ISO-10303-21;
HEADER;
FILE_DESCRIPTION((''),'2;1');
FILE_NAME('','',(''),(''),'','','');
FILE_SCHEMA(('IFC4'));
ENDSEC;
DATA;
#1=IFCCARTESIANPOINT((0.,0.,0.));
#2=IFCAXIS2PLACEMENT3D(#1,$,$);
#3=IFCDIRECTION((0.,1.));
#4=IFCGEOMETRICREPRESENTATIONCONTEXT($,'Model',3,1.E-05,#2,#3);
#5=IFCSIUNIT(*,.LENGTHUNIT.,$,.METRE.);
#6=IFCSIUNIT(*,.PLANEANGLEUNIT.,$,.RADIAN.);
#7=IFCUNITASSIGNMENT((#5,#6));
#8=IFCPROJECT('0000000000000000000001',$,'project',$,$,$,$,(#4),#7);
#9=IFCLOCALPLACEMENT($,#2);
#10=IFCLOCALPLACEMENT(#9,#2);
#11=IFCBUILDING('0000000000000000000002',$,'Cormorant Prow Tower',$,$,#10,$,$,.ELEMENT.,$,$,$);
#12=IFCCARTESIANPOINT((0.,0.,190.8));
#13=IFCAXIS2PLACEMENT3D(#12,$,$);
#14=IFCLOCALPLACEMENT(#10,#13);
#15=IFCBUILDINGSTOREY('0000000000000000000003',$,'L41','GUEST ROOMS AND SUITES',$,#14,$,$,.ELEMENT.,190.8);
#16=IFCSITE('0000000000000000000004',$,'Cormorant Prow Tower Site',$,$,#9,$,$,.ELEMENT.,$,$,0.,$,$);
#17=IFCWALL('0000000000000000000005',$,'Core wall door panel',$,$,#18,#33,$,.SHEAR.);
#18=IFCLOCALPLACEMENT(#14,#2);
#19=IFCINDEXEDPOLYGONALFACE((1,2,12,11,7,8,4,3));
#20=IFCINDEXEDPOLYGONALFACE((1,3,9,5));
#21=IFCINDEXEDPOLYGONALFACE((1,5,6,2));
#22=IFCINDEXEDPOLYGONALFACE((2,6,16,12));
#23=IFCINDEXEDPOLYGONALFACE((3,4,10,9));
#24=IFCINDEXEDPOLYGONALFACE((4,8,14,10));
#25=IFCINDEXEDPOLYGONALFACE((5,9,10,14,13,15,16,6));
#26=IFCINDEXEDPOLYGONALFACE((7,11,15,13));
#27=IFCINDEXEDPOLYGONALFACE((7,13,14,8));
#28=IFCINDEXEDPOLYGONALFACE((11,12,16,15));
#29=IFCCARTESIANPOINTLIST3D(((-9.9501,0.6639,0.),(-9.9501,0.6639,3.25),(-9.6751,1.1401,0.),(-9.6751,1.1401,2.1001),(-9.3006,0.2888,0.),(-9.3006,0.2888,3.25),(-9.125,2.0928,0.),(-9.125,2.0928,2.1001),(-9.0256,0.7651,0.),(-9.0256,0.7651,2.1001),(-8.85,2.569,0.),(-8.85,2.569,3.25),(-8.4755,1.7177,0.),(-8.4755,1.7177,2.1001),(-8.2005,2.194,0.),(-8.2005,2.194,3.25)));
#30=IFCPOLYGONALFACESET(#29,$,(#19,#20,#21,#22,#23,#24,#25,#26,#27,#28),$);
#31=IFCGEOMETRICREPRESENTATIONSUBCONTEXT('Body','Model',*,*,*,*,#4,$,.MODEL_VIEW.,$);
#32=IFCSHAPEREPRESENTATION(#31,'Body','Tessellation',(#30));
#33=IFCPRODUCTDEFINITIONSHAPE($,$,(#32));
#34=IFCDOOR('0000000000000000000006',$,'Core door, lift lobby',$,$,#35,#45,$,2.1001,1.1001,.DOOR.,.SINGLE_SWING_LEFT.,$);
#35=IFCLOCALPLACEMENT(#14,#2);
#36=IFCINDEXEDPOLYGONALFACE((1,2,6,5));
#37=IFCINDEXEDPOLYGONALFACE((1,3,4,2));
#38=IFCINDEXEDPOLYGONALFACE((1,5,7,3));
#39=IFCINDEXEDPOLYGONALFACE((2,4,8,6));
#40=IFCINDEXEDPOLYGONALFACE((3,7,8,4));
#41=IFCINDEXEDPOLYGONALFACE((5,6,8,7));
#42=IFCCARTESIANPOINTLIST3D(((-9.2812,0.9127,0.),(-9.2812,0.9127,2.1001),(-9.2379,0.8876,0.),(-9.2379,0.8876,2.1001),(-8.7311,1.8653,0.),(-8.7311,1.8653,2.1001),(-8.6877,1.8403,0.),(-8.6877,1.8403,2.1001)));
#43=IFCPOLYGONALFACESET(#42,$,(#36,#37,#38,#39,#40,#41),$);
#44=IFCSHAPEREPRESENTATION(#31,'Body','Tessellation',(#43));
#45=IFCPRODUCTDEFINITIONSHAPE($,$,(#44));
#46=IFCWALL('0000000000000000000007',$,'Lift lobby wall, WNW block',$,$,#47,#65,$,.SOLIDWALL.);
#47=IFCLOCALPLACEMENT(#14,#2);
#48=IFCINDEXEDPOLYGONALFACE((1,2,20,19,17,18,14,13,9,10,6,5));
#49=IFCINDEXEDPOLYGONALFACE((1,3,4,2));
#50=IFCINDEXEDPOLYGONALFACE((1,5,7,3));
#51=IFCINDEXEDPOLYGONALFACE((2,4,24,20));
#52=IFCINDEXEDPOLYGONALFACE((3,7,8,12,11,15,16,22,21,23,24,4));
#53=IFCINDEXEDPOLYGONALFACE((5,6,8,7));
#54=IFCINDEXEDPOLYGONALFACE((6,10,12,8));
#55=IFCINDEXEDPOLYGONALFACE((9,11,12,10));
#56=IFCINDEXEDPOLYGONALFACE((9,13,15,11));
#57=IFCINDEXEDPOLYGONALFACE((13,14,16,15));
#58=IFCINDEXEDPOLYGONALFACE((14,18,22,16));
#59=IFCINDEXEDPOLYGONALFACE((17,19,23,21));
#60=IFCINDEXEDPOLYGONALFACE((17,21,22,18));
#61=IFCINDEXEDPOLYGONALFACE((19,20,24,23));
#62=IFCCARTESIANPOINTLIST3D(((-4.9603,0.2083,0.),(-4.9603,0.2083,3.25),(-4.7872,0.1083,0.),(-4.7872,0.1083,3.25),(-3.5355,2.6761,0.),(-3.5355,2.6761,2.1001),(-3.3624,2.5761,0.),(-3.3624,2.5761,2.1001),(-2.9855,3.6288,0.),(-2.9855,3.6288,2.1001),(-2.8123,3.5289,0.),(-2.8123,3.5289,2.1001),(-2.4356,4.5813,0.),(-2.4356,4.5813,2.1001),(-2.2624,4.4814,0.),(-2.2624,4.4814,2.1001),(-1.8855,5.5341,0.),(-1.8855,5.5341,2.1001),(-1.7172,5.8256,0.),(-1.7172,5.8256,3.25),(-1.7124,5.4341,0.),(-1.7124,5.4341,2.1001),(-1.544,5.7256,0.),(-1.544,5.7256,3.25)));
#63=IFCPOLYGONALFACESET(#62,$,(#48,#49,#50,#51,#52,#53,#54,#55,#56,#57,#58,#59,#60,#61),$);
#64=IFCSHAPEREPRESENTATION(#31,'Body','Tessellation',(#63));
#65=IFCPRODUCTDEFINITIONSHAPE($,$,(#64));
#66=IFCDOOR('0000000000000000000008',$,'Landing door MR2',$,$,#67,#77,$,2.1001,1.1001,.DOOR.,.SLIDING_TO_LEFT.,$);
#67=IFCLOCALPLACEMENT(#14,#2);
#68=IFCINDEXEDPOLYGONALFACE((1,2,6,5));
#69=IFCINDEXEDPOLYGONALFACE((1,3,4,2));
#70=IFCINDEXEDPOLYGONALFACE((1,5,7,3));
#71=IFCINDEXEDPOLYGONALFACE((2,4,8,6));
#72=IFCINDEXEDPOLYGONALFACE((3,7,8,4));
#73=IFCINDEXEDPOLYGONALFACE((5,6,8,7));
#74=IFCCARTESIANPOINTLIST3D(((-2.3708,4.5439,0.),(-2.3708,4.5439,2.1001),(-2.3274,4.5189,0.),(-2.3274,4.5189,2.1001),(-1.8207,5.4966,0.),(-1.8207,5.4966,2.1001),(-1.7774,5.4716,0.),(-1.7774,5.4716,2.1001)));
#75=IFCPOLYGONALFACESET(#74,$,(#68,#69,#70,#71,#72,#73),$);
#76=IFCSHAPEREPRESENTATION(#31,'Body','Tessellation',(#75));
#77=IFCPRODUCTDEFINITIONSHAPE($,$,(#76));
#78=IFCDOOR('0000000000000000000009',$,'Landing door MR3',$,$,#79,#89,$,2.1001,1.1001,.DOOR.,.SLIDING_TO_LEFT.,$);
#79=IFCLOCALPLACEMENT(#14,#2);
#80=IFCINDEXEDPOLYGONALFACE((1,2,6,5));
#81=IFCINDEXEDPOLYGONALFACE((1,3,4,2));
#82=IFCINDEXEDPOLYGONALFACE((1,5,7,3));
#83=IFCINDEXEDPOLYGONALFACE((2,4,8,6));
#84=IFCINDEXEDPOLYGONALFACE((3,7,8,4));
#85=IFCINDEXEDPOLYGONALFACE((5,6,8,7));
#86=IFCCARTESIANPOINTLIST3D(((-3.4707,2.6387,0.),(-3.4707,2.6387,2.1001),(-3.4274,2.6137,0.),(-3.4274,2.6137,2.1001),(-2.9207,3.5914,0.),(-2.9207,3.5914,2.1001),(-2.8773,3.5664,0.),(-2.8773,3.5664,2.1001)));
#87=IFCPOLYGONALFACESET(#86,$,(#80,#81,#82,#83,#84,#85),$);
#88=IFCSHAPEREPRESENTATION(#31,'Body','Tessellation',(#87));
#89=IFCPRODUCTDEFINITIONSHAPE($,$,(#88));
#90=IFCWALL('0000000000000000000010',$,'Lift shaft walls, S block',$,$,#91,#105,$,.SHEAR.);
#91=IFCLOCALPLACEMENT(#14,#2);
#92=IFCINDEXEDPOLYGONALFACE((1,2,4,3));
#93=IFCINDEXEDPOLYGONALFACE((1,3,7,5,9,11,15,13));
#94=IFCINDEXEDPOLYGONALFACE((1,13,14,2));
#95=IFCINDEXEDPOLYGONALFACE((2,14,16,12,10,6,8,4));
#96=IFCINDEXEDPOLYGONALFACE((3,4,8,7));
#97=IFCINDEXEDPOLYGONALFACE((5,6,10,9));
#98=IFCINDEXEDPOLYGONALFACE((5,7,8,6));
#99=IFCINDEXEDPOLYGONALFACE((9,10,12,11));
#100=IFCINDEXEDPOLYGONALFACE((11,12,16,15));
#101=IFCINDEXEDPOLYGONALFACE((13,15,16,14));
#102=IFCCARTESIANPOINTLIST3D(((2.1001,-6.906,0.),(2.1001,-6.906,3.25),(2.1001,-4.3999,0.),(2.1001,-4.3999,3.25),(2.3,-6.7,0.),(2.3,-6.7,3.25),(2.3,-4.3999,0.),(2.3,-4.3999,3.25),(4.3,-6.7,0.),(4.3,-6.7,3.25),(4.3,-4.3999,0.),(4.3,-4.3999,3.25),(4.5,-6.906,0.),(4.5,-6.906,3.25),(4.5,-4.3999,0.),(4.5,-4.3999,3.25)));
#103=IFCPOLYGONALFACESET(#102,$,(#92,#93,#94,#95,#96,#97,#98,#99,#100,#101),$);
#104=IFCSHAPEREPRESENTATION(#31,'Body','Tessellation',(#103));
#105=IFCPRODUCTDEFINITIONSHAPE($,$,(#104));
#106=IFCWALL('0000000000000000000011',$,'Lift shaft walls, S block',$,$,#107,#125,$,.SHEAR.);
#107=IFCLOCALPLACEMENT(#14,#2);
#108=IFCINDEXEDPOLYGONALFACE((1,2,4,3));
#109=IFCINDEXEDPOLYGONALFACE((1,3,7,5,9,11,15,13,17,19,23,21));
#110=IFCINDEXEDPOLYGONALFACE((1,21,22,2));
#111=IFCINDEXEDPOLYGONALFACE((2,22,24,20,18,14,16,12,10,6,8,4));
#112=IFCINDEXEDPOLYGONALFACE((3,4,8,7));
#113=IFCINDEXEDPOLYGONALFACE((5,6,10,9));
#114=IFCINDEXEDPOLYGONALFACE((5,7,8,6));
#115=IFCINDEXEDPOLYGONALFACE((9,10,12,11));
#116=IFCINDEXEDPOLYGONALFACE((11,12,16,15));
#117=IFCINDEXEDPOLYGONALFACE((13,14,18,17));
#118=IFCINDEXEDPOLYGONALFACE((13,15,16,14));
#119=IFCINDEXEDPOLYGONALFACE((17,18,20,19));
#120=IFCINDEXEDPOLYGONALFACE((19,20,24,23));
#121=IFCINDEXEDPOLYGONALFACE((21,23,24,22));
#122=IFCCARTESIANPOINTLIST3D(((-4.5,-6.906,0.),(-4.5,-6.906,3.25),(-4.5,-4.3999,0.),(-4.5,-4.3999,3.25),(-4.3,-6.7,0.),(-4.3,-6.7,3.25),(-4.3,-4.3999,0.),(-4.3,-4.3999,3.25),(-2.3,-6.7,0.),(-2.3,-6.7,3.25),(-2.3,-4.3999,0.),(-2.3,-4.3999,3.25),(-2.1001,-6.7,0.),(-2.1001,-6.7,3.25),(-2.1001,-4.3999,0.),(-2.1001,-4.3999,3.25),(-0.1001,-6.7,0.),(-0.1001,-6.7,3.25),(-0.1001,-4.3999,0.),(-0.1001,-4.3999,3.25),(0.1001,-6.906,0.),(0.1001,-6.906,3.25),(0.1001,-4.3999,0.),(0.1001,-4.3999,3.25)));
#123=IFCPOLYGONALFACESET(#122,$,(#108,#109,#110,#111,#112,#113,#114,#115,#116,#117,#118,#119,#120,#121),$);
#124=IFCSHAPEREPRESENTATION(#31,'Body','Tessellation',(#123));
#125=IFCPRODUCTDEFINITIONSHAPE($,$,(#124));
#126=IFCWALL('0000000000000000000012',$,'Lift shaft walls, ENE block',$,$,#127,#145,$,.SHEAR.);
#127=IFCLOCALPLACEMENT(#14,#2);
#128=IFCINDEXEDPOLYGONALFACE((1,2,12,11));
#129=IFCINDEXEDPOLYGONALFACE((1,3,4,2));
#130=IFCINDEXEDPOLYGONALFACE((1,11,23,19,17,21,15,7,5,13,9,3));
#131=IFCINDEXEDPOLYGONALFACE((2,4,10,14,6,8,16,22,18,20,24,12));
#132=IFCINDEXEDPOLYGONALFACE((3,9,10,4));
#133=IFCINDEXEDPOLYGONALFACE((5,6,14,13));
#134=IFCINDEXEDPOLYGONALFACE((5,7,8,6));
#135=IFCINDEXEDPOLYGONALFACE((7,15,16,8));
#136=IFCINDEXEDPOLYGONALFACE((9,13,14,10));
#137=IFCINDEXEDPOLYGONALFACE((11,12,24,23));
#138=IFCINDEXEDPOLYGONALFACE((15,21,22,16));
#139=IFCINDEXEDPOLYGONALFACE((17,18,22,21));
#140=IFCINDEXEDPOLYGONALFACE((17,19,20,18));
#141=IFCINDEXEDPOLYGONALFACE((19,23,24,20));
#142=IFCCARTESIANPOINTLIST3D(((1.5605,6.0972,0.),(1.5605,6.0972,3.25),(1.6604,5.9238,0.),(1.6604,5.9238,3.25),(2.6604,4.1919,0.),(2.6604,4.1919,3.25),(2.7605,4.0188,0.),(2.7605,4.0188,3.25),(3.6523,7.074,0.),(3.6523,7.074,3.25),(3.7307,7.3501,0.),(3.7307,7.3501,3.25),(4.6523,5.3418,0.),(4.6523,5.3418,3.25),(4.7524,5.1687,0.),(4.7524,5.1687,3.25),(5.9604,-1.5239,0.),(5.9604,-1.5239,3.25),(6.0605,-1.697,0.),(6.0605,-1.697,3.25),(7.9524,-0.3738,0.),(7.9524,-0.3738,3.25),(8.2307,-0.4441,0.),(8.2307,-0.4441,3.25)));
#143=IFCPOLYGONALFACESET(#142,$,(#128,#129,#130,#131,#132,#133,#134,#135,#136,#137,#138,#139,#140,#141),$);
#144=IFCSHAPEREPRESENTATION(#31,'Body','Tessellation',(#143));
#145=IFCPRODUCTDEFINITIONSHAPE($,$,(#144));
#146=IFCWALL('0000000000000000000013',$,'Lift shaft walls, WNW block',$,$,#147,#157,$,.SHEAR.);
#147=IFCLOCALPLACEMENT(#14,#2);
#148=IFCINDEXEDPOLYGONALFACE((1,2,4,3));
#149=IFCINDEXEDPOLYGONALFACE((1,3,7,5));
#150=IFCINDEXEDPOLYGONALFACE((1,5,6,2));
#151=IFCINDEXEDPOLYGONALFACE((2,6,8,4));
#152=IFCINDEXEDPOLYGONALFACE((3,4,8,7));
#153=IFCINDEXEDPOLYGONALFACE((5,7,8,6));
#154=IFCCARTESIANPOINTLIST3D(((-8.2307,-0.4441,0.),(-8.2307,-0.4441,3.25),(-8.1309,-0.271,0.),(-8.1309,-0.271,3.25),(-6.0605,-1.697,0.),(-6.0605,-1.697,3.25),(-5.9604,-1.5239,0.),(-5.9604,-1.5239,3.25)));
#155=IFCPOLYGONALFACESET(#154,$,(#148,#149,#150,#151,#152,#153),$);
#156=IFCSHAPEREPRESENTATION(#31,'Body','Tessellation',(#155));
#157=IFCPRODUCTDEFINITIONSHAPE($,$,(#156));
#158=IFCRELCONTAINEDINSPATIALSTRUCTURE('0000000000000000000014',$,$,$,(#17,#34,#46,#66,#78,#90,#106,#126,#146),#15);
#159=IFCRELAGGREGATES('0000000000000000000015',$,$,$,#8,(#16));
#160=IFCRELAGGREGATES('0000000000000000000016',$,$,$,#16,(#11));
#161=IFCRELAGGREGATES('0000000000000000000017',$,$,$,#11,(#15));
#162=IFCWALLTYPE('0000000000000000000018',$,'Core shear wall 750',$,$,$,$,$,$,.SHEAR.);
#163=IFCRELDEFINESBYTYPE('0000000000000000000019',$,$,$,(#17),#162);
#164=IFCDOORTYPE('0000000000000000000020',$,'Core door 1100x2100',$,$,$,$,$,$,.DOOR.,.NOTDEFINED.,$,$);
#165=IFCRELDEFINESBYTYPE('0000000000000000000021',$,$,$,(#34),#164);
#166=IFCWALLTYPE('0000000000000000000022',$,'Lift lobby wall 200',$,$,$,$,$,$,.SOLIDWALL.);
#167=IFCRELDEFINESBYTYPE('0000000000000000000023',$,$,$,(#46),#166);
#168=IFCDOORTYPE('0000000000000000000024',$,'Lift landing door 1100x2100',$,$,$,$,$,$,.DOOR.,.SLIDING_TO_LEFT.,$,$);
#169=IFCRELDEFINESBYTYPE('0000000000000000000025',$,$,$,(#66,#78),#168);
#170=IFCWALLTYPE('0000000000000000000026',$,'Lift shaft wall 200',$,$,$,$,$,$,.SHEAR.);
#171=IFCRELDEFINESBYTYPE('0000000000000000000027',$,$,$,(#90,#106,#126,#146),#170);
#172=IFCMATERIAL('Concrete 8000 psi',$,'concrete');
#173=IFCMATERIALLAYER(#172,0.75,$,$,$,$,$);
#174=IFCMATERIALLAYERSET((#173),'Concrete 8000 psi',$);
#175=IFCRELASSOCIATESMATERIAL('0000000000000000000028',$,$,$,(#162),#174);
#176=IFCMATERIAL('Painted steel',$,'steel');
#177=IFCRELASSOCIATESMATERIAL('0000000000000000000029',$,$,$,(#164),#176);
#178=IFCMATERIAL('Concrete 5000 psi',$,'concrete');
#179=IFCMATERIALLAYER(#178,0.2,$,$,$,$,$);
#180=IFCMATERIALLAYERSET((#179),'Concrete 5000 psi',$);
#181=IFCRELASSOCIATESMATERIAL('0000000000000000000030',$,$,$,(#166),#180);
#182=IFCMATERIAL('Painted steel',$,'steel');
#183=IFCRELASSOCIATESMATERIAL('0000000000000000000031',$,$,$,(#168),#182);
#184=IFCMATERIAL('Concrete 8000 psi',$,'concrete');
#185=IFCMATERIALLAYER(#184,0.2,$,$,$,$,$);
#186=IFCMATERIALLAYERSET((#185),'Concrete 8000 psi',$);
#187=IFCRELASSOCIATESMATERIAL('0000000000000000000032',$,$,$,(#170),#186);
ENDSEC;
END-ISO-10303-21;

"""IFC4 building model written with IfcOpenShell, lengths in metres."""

from ifc_helpers import new_model, si_unit, direction, frame, frame_2d, origin, place, context, subcontext, project, spatial, polyline, rectangle, outline, extrude, material, layer, layer_set, type_object, element, fill, save


model = new_model("IFC4")

# Units and contexts
model_context = context("Model", 3, precision=1e-05, world=origin(), true_north=direction((0.0, 1.0)))
body_context = subcontext(model_context, "Body", "Model", "MODEL_VIEW")
ifc_project = project(units=[si_unit("LENGTHUNIT", "METRE"), si_unit("PLANEANGLEUNIT", "RADIAN")], contexts=[model_context])

# Site, building, storey
site_placement = place(None, origin())
site = spatial("IfcSite", under=ifc_project, at=site_placement, Name="Cormorant Prow Tower Site", CompositionType="ELEMENT", RefElevation=0.0)
building_placement = place(site_placement, origin())
building = spatial("IfcBuilding", under=site, at=building_placement, Name="Cormorant Prow Tower", CompositionType="ELEMENT")
storey_placement = place(building_placement, frame((0.0, 0.0, 190.8)))
storey = spatial("IfcBuildingStorey", under=building, at=storey_placement, Name="L41", Description="GUEST ROOMS AND SUITES", CompositionType="ELEMENT", Elevation=190.8)

# Shared definitions
ifc_material_1 = material(Name="Concrete 8000 psi", Category="concrete")
ifc_layer_1 = layer(ifc_material_1, 0.75)
ifc_layer_set_1 = layer_set([ifc_layer_1], Name="Concrete 8000 psi")
wall_type_1 = type_object("IfcWallType", Name="Core shear wall 750", PredefinedType="SHEAR", material=ifc_layer_set_1)

# Wall, opening, door
wall_1_placement = place(storey_placement, frame((-8.5251, 2.3816, 0.0), z_axis=(0.0, 0.0, 1.0), x_axis=(-0.500078, -0.86598, 0.0)))
wall_1 = element("IfcWall", 1, at=wall_1_placement, inside=storey, type_object=wall_type_1, Name="Core wall door panel", PredefinedType="SHEAR", context=body_context, shape_type="SweptSolid", body=[
    extrude(rectangle(XDim=2.2, YDim=0.75, at=frame_2d((1.1001, 0.0))), origin(), (0.0, 0.0, 1.0), 3.25),
])
opening_1_placement = place(wall_1_placement, frame((0.55, 0.0, 0.0)))
opening_1 = element("IfcOpeningElement", 2, at=opening_1_placement, cuts=wall_1, PredefinedType="OPENING", context=body_context, shape_type="SweptSolid", body=[
    extrude(rectangle(XDim=1.1001, YDim=2.1001, at=frame_2d((0.55, 1.05))), frame((0.0, 0.385, 0.0), z_axis=(0.0, -1.0, 0.0), x_axis=(1.0, 0.0, 0.0)), (0.0, 0.0, 1.0), 0.77),
])
ifc_material_2 = material(Name="Painted steel", Category="steel")
door_type_1 = type_object("IfcDoorType", Name="Core door 1100x2100", OperationType="NOTDEFINED", PredefinedType="DOOR", material=ifc_material_2)
door_1_placement = place(opening_1_placement, origin())
door_1 = element("IfcDoor", 3, at=door_1_placement, inside=storey, type_object=door_type_1, Name="Core door, lift lobby", OperationType="SINGLE_SWING_LEFT", OverallHeight=2.1001, OverallWidth=1.1001, PredefinedType="DOOR", context=body_context, shape_type="SweptSolid", body=[
    extrude(rectangle(XDim=1.1001, YDim=2.1001, at=frame_2d((0.55, 1.05))), frame((0.0, 0.1299, 0.0), z_axis=(0.0, -1.0, 0.0), x_axis=(1.0, 0.0, 0.0)), (0.0, 0.0, 1.0), 0.05),
])
fill(opening_1, door_1)

# Wall, openings, doors
ifc_material_3 = material(Name="Concrete 5000 psi", Category="concrete")
ifc_layer_2 = layer(ifc_material_3, 0.2)
ifc_layer_set_2 = layer_set([ifc_layer_2], Name="Concrete 5000 psi")
wall_type_2 = type_object("IfcWallType", Name="Lift lobby wall 200", PredefinedType="SOLIDWALL", material=ifc_layer_set_2)
wall_2_placement = place(storey_placement, frame((-1.6306, 5.7756, 0.0), z_axis=(0.0, 0.0, 1.0), x_axis=(-0.499993, -0.86603, 0.0)))
wall_2 = element("IfcWall", 4, at=wall_2_placement, inside=storey, type_object=wall_type_2, Name="Lift lobby wall, WNW block", PredefinedType="SOLIDWALL", context=body_context, shape_type="SweptSolid", body=[
    extrude(rectangle(XDim=6.4863, YDim=0.2, at=frame_2d((3.2432, 0.0))), origin(), (0.0, 0.0, 1.0), 3.25),
])
opening_2_placement = place(wall_2_placement, frame((0.3367, 0.0, 0.0)))
opening_2 = element("IfcOpeningElement", 5, at=opening_2_placement, cuts=wall_2, PredefinedType="OPENING", context=body_context, shape_type="SweptSolid", body=[
    extrude(rectangle(XDim=1.1001, YDim=2.1001, at=frame_2d((0.55, 1.05))), frame((0.0, 0.1099, 0.0), z_axis=(0.0, -1.0, 0.0), x_axis=(1.0, 0.0, 0.0)), (0.0, 0.0, 1.0), 0.22),
])
opening_3_placement = place(wall_2_placement, frame((2.5366, 0.0, 0.0)))
opening_3 = element("IfcOpeningElement", 6, at=opening_3_placement, cuts=wall_2, PredefinedType="OPENING", context=body_context, shape_type="SweptSolid", body=[
    extrude(rectangle(XDim=1.1001, YDim=2.1001, at=frame_2d((0.55, 1.05))), frame((0.0, 0.1099, 0.0), z_axis=(0.0, -1.0, 0.0), x_axis=(1.0, 0.0, 0.0)), (0.0, 0.0, 1.0), 0.22),
])
ifc_material_4 = material(Name="Painted steel", Category="steel")
door_type_2 = type_object("IfcDoorType", Name="Lift landing door 1100x2100", OperationType="SLIDING_TO_LEFT", PredefinedType="DOOR", material=ifc_material_4)
door_2_placement = place(opening_2_placement, origin())
door_2 = element("IfcDoor", 7, at=door_2_placement, inside=storey, type_object=door_type_2, Name="Landing door MR2", OperationType="SLIDING_TO_LEFT", OverallHeight=2.1001, OverallWidth=1.1001, PredefinedType="DOOR", context=body_context, shape_type="SweptSolid", body=[
    extrude(rectangle(XDim=1.1001, YDim=2.1001, at=frame_2d((0.55, 1.05))), frame((0.0, 0.0249, 0.0), z_axis=(0.0, -1.0, 0.0), x_axis=(1.0, 0.0, 0.0)), (0.0, 0.0, 1.0), 0.05),
])
fill(opening_2, door_2)
door_3_placement = place(opening_3_placement, origin())
door_3 = element("IfcDoor", 8, at=door_3_placement, inside=storey, type_object=door_type_2, Name="Landing door MR3", OperationType="SLIDING_TO_LEFT", OverallHeight=2.1001, OverallWidth=1.1001, PredefinedType="DOOR", context=body_context, shape_type="SweptSolid", body=[
    extrude(rectangle(XDim=1.1001, YDim=2.1001, at=frame_2d((0.55, 1.05))), frame((0.0, 0.0249, 0.0), z_axis=(0.0, -1.0, 0.0), x_axis=(1.0, 0.0, 0.0)), (0.0, 0.0, 1.0), 0.05),
])
fill(opening_3, door_3)

# Walls
ifc_material_5 = material(Name="Concrete 8000 psi", Category="concrete")
ifc_layer_3 = layer(ifc_material_5, 0.2)
ifc_layer_set_3 = layer_set([ifc_layer_3], Name="Concrete 8000 psi")
wall_type_3 = type_object("IfcWallType", Name="Lift shaft wall 200", PredefinedType="SHEAR", material=ifc_layer_set_3)
wall_3_placement = place(storey_placement, origin())
element("IfcWall", 9, at=wall_3_placement, inside=storey, type_object=wall_type_3, Name="Lift shaft walls, S block", PredefinedType="SHEAR", context=body_context, shape_type="SweptSolid", body=[
    extrude(outline(polyline([(4.5, -4.3999), (4.5, -6.906), (2.1001, -6.906), (2.1001, -4.3999), (2.3, -4.3999), (2.3, -6.7), (4.3, -6.7), (4.3, -4.3999), (4.5, -4.3999)])), origin(), (0.0, 0.0, 1.0), 3.25),
])
wall_4_placement = place(storey_placement, origin())
element("IfcWall", 10, at=wall_4_placement, inside=storey, type_object=wall_type_3, Name="Lift shaft walls, S block", PredefinedType="SHEAR", context=body_context, shape_type="SweptSolid", body=[
    extrude(outline(polyline([(0.1001, -4.3999), (0.1001, -6.906), (-4.5, -6.906), (-4.5, -4.3999), (-4.3, -4.3999), (-4.3, -6.7), (-2.3, -6.7), (-2.3, -4.3999), (-2.1001, -4.3999), (-2.1001, -6.7), (-0.1001, -6.7), (-0.1001, -4.3999), (0.1001, -4.3999)])), origin(), (0.0, 0.0, 1.0), 3.25),
])
wall_5_placement = place(storey_placement, origin())
element("IfcWall", 11, at=wall_5_placement, inside=storey, type_object=wall_type_3, Name="Lift shaft walls, ENE block", PredefinedType="SHEAR", context=body_context, shape_type="SweptSolid", body=[
    extrude(outline(polyline([(1.5605, 6.0972), (3.7307, 7.3501), (8.2307, -0.4441), (6.0605, -1.697), (5.9604, -1.5239), (7.9524, -0.3738), (4.7524, 5.1687), (2.7605, 4.0188), (2.6604, 4.1919), (4.6523, 5.3418), (3.6523, 7.074), (1.6604, 5.9238), (1.5605, 6.0972)])), origin(), (0.0, 0.0, 1.0), 3.25),
])
wall_6_placement = place(storey_placement, origin())
element("IfcWall", 12, at=wall_6_placement, inside=storey, type_object=wall_type_3, Name="Lift shaft walls, WNW block", PredefinedType="SHEAR", context=body_context, shape_type="SweptSolid", body=[
    extrude(outline(polyline([(-6.0605, -1.697), (-8.2307, -0.4441), (-8.1309, -0.271), (-5.9604, -1.5239), (-6.0605, -1.697)])), origin(), (0.0, 0.0, 1.0), 3.25),
])

save(model, "model.ifc")
